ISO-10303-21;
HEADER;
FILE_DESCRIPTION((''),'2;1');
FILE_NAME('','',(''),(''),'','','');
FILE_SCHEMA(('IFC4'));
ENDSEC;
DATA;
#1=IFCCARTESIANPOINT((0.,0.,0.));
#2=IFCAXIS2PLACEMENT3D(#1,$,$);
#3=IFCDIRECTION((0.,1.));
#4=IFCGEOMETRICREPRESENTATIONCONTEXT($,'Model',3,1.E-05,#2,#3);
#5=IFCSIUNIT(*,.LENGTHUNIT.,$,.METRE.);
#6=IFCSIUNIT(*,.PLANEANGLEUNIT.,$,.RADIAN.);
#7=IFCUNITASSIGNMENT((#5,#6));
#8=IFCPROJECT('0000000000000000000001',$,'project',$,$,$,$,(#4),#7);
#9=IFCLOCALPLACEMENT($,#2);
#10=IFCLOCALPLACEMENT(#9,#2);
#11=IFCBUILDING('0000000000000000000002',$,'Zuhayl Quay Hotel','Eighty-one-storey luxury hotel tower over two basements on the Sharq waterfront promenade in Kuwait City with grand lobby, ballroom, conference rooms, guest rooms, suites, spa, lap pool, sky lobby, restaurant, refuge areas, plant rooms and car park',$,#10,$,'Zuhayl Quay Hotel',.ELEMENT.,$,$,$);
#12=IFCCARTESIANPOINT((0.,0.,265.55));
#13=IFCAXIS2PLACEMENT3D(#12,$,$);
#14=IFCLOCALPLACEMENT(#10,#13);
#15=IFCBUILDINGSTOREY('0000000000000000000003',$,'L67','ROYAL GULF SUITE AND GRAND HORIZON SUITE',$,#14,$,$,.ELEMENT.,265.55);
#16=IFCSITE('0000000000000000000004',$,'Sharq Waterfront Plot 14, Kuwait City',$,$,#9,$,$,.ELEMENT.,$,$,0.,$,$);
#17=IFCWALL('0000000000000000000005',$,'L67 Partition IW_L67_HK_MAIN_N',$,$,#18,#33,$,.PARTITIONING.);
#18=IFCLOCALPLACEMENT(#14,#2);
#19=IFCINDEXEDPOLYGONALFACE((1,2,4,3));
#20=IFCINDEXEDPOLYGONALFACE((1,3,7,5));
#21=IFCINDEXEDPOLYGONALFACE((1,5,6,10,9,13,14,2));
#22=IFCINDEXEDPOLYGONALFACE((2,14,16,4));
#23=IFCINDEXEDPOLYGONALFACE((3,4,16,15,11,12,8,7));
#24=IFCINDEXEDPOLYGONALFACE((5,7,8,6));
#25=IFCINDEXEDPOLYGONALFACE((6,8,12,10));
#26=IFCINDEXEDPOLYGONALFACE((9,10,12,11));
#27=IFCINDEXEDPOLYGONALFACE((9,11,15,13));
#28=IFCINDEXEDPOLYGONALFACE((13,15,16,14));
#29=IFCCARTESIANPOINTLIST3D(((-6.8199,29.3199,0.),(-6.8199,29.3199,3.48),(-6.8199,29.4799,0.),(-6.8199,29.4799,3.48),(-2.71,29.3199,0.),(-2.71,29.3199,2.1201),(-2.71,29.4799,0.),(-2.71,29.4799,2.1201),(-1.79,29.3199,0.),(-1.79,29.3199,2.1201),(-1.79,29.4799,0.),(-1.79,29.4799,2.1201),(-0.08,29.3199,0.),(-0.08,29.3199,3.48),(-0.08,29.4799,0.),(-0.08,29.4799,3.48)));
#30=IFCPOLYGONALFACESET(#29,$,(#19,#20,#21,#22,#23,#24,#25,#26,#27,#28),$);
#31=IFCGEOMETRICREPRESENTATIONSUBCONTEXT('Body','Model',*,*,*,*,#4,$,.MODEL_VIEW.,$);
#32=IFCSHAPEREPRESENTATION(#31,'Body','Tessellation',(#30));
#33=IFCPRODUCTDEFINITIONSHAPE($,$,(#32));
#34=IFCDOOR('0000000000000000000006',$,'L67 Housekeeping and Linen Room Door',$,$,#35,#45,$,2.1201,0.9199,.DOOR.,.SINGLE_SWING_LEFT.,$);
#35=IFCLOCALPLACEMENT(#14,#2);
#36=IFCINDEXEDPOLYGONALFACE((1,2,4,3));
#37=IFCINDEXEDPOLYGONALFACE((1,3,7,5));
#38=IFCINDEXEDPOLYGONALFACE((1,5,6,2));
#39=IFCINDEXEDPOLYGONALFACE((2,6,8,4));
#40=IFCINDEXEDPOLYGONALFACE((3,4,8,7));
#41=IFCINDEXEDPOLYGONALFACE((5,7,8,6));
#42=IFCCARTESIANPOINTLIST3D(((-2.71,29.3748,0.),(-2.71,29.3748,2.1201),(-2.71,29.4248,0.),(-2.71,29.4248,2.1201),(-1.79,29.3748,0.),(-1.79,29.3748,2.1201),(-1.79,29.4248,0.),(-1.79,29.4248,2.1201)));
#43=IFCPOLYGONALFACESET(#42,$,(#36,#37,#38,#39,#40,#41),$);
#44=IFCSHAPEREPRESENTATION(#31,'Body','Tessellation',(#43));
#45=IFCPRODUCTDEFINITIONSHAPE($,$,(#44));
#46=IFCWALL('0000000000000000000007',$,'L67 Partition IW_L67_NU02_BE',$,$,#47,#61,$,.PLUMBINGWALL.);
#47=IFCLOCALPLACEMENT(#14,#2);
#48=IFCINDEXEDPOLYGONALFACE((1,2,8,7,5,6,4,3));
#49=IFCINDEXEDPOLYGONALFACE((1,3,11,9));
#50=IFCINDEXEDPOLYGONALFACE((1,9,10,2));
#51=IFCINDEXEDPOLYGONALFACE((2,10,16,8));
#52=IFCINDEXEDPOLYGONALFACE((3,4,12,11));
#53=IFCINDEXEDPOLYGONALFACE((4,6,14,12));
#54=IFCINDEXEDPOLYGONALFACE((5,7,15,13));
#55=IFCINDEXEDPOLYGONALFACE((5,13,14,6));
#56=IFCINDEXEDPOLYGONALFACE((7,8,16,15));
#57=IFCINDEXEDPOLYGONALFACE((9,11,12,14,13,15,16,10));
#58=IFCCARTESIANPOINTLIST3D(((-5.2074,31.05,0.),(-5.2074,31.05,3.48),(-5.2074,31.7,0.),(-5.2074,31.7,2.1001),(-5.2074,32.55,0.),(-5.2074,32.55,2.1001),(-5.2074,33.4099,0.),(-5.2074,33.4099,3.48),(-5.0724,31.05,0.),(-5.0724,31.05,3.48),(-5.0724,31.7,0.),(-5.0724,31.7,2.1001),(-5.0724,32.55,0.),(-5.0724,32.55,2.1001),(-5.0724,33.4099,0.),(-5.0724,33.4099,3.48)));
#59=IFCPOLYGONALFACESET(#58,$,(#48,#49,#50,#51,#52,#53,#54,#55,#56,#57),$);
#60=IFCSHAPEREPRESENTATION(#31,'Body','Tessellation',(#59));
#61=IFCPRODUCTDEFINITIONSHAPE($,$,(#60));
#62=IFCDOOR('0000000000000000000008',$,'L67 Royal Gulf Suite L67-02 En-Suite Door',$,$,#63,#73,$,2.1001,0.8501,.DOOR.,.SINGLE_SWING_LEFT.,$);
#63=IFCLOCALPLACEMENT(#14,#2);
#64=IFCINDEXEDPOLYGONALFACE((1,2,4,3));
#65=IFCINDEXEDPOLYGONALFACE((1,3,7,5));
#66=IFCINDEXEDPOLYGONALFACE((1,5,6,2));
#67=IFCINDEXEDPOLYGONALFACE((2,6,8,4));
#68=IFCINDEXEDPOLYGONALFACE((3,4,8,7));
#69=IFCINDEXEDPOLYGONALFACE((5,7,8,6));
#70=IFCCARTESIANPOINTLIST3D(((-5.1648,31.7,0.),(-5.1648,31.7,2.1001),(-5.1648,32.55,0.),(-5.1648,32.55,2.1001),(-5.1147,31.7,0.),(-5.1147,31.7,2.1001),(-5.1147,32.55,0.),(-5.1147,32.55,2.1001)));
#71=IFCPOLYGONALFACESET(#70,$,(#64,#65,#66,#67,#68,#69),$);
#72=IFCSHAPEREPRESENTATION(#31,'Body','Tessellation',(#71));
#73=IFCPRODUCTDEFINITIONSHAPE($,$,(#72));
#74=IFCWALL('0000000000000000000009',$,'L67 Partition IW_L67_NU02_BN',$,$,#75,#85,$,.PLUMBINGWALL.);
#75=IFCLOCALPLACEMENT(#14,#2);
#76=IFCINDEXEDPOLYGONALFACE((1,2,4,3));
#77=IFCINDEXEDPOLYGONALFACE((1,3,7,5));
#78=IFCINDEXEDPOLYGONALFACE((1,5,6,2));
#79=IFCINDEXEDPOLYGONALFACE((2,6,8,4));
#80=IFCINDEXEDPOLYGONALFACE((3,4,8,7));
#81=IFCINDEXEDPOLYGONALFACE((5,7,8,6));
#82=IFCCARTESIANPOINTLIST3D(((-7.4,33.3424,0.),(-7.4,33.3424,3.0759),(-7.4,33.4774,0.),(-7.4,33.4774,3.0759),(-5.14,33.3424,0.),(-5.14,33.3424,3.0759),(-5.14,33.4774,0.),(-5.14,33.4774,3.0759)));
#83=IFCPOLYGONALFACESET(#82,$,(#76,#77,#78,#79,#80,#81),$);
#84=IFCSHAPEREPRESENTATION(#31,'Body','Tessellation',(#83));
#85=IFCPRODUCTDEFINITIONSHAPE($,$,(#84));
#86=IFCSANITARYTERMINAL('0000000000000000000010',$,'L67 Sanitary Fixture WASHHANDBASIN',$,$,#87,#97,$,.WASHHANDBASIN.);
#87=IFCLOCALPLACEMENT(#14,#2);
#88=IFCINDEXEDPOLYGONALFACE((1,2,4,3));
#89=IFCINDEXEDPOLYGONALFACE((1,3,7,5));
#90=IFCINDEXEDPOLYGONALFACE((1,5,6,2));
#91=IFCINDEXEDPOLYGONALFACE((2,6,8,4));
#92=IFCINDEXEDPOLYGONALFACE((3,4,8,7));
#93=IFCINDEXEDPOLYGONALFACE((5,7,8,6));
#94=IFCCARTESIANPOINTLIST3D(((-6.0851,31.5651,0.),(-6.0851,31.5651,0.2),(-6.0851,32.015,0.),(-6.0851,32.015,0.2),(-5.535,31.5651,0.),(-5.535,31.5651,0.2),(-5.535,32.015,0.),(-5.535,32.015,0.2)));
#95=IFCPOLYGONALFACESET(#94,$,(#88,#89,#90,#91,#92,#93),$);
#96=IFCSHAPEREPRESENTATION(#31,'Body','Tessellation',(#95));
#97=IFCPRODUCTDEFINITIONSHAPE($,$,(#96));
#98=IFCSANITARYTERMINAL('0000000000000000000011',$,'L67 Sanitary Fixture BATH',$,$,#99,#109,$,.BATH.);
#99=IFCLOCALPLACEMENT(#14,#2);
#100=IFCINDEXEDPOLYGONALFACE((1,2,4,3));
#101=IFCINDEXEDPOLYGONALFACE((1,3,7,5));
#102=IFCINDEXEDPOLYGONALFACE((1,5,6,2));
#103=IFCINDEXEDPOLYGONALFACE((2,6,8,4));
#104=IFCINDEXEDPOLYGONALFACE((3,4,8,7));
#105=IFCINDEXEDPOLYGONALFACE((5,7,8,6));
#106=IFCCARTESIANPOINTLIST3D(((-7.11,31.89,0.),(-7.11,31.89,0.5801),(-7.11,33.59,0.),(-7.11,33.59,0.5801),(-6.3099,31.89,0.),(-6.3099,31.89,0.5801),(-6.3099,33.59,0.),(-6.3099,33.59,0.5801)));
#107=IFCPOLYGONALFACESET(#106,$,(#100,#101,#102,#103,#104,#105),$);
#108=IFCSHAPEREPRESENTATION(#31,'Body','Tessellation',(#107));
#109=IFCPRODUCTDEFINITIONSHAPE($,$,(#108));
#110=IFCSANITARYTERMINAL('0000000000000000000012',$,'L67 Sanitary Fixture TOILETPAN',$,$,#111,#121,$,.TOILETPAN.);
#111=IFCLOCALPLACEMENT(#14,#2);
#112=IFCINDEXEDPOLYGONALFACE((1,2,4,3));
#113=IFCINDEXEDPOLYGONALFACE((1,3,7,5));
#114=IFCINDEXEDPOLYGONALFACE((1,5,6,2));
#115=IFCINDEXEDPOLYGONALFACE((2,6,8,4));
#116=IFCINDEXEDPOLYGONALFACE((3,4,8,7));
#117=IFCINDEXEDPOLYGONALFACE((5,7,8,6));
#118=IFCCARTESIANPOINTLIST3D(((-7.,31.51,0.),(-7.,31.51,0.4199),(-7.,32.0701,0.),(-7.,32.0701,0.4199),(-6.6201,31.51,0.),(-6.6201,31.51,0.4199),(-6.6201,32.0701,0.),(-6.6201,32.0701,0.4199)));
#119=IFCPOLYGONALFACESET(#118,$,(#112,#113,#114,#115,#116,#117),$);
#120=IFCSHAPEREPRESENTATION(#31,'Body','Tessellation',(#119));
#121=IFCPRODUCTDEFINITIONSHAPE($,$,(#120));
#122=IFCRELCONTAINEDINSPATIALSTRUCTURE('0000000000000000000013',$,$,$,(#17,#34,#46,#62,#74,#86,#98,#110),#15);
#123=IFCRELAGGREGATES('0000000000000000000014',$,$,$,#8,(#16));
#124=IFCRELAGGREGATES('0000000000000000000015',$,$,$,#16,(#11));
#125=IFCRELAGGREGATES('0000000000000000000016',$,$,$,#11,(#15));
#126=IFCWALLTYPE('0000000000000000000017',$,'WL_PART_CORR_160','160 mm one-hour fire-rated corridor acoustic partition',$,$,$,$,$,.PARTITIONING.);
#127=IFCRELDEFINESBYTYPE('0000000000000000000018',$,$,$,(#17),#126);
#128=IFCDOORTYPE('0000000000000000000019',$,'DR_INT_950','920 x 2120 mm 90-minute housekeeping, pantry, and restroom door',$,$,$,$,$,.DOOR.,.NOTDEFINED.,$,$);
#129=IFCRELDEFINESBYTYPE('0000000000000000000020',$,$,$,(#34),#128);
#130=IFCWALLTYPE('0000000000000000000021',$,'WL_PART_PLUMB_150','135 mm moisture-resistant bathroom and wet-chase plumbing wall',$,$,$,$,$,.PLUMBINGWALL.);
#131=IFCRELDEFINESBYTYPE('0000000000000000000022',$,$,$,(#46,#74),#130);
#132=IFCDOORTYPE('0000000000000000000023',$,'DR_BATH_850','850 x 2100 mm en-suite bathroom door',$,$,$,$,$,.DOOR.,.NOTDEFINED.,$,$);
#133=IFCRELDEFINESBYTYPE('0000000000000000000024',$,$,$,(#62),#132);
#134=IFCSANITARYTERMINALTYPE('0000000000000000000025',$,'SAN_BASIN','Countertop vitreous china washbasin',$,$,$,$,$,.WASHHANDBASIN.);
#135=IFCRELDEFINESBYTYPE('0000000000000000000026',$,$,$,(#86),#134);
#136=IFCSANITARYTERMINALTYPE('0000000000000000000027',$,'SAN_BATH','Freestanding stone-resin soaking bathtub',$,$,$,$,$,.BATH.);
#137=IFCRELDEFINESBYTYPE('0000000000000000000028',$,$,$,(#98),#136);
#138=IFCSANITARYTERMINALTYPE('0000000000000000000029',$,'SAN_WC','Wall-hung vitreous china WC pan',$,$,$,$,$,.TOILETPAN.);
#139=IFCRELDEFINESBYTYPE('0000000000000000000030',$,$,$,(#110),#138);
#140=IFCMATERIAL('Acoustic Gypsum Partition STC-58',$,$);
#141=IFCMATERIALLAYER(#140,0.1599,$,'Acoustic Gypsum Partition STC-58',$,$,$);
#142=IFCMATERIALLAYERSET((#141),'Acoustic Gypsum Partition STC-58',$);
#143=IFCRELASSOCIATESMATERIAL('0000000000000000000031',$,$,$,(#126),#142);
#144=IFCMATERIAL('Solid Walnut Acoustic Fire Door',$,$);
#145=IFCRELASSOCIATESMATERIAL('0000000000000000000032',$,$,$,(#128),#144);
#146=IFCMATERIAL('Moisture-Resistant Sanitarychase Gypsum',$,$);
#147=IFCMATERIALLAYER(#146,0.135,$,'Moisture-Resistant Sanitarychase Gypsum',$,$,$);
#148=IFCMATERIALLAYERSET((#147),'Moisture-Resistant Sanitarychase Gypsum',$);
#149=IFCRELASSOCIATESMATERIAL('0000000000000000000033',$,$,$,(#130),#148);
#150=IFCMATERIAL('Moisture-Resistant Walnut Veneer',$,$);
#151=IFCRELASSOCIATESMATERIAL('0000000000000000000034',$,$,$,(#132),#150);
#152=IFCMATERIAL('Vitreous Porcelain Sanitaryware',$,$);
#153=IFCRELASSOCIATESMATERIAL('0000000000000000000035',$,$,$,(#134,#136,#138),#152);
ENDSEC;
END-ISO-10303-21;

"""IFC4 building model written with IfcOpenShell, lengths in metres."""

from ifc_helpers import new_model, si_unit, direction, frame, frame_2d, origin, origin_2d, place, context, subcontext, project, spatial, rectangle, extrude, material, layer, layer_set, type_object, element, fill, save


model = new_model("IFC4")

# Units and contexts
model_context = context("Model", 3, precision=1e-05, world=origin(), true_north=direction((0.0, 1.0)))
body_context = subcontext(model_context, "Body", "Model", "MODEL_VIEW")
ifc_project = project(units=[si_unit("LENGTHUNIT", "METRE"), si_unit("PLANEANGLEUNIT", "RADIAN")], contexts=[model_context])

# Site, building, storey
site_placement = place(None, origin())
site = spatial("IfcSite", under=ifc_project, at=site_placement, Name="Sharq Waterfront Plot 14, Kuwait City", CompositionType="ELEMENT", RefElevation=0.0)
building_placement = place(site_placement, origin())
building = spatial("IfcBuilding", under=site, at=building_placement, Name="Zuhayl Quay Hotel", Description="Eighty-one-storey luxury hotel tower over two basements on the Sharq waterfront promenade in Kuwait City with grand lobby, ballroom, conference rooms, guest rooms, suites, spa, lap pool, sky lobby, restaurant, refuge areas, plant rooms and car park", LongName="Zuhayl Quay Hotel", CompositionType="ELEMENT")
storey_placement = place(building_placement, frame((0.0, 0.0, 265.55)))
storey = spatial("IfcBuildingStorey", under=building, at=storey_placement, Name="L67", Description="ROYAL GULF SUITE AND GRAND HORIZON SUITE", CompositionType="ELEMENT", Elevation=265.55)

# Shared definitions
ifc_material_1 = material(Name="Acoustic Gypsum Partition STC-58")

# Walls, openings, doors
ifc_layer_1 = layer(ifc_material_1, 0.1599, Name="Acoustic Gypsum Partition STC-58")
ifc_layer_set_1 = layer_set([ifc_layer_1], Name="Acoustic Gypsum Partition STC-58")
wall_type_1 = type_object("IfcWallType", Name="WL_PART_CORR_160", Description="160 mm one-hour fire-rated corridor acoustic partition", PredefinedType="PARTITIONING", material=ifc_layer_set_1)
ifc_material_2 = material(Name="Solid Walnut Acoustic Fire Door")
wall_1_placement = place(storey_placement, frame((-6.8201, 29.3999, 0.0), z_axis=(0.0, 0.0, 1.0), x_axis=(1.0, 0.0, 0.0)))
wall_1 = element("IfcWall", 1, at=wall_1_placement, inside=storey, type_object=wall_type_1, Name="L67 Partition IW_L67_HK_MAIN_N", PredefinedType="PARTITIONING", context=body_context, shape_type="SweptSolid", body=[
    extrude(rectangle(XDim=6.74, YDim=0.1599, at=frame_2d((3.3701, 0.0))), origin(), (0.0, 0.0, 1.0), 3.48),
])
opening_1_placement = place(wall_1_placement, frame((4.1101, 0.0, 0.0)))
opening_1 = element("IfcOpeningElement", 2, at=opening_1_placement, cuts=wall_1, PredefinedType="OPENING", context=body_context, shape_type="SweptSolid", body=[
    extrude(rectangle(XDim=0.9199, YDim=2.1201, at=frame_2d((0.46, 1.0601))), frame((0.0, 0.0898, 0.0), z_axis=(0.0, -1.0, 0.0), x_axis=(1.0, 0.0, 0.0)), (0.0, 0.0, 1.0), 0.1799),
])
door_type_1 = type_object("IfcDoorType", Name="DR_INT_950", Description="920 x 2120 mm 90-minute housekeeping, pantry, and restroom door", OperationType="NOTDEFINED", PredefinedType="DOOR", material=ifc_material_2)
door_1_placement = place(opening_1_placement, origin())
door_1 = element("IfcDoor", 3, at=door_1_placement, inside=storey, type_object=door_type_1, Name="L67 Housekeeping and Linen Room Door", OperationType="SINGLE_SWING_LEFT", OverallHeight=2.1201, OverallWidth=0.9199, PredefinedType="DOOR", context=body_context, shape_type="SweptSolid", body=[
    extrude(rectangle(XDim=0.9199, YDim=2.1201, at=frame_2d((0.46, 1.0601))), frame((0.0, 0.0249, 0.0), z_axis=(0.0, -1.0, 0.0), x_axis=(1.0, 0.0, 0.0)), (0.0, 0.0, 1.0), 0.05),
])
fill(opening_1, door_1)
ifc_material_3 = material(Name="Moisture-Resistant Sanitarychase Gypsum")
ifc_layer_2 = layer(ifc_material_3, 0.135, Name="Moisture-Resistant Sanitarychase Gypsum")
ifc_layer_set_2 = layer_set([ifc_layer_2], Name="Moisture-Resistant Sanitarychase Gypsum")
wall_type_2 = type_object("IfcWallType", Name="WL_PART_PLUMB_150", Description="135 mm moisture-resistant bathroom and wet-chase plumbing wall", PredefinedType="PLUMBINGWALL", material=ifc_layer_set_2)
wall_2_placement = place(storey_placement, frame((-5.1399, 31.05, 0.0), z_axis=(0.0, 0.0, 1.0), x_axis=(0.0, 1.0, 0.0)))
wall_2 = element("IfcWall", 4, at=wall_2_placement, inside=storey, type_object=wall_type_2, Name="L67 Partition IW_L67_NU02_BE", PredefinedType="PLUMBINGWALL", context=body_context, shape_type="SweptSolid", body=[
    extrude(rectangle(XDim=2.3599, YDim=0.135, at=frame_2d((1.1799, 0.0))), origin(), (0.0, 0.0, 1.0), 3.48),
])
opening_2_placement = place(wall_2_placement, frame((0.6499, 0.0, 0.0)))
opening_2 = element("IfcOpeningElement", 5, at=opening_2_placement, cuts=wall_2, PredefinedType="OPENING", context=body_context, shape_type="SweptSolid", body=[
    extrude(rectangle(XDim=0.8501, YDim=2.1001, at=frame_2d((0.425, 1.05))), frame((0.0, 0.0774, 0.0), z_axis=(0.0, -1.0, 0.0), x_axis=(1.0, 0.0, 0.0)), (0.0, 0.0, 1.0), 0.155),
])
ifc_material_4 = material(Name="Moisture-Resistant Walnut Veneer")
door_type_2 = type_object("IfcDoorType", Name="DR_BATH_850", Description="850 x 2100 mm en-suite bathroom door", OperationType="NOTDEFINED", PredefinedType="DOOR", material=ifc_material_4)
door_2_placement = place(opening_2_placement, origin())
door_2 = element("IfcDoor", 6, at=door_2_placement, inside=storey, type_object=door_type_2, Name="L67 Royal Gulf Suite L67-02 En-Suite Door", OperationType="SINGLE_SWING_LEFT", OverallHeight=2.1001, OverallWidth=0.8501, PredefinedType="DOOR", context=body_context, shape_type="SweptSolid", body=[
    extrude(rectangle(XDim=0.8501, YDim=2.1001, at=frame_2d((0.425, 1.05))), frame((0.0, 0.0249, 0.0), z_axis=(0.0, -1.0, 0.0), x_axis=(1.0, 0.0, 0.0)), (0.0, 0.0, 1.0), 0.05),
])
fill(opening_2, door_2)

# Wall
wall_3_placement = place(storey_placement, frame((-7.3999, 33.4099, 0.0), z_axis=(0.0, 0.0, 1.0), x_axis=(1.0, 0.0, 0.0)))
element("IfcWall", 7, at=wall_3_placement, inside=storey, type_object=wall_type_2, Name="L67 Partition IW_L67_NU02_BN", PredefinedType="PLUMBINGWALL", context=body_context, shape_type="SweptSolid", body=[
    extrude(rectangle(XDim=2.26, YDim=0.135, at=frame_2d((1.1299, 0.0))), origin(), (0.0, 0.0, 1.0), 3.0759),
])

# Sanitary terminals
ifc_material_5 = material(Name="Vitreous Porcelain Sanitaryware")
sanitary_terminal_type_1 = type_object("IfcSanitaryTerminalType", Name="SAN_BASIN", Description="Countertop vitreous china washbasin", PredefinedType="WASHHANDBASIN", material=ifc_material_5)
sanitary_terminal_1_placement = place(storey_placement, frame((-5.8101, 31.79, 0.0), z_axis=(0.0, 0.0, 1.0), x_axis=(1.0, 0.0, 0.0)))
element("IfcSanitaryTerminal", 8, at=sanitary_terminal_1_placement, inside=storey, type_object=sanitary_terminal_type_1, Name="L67 Sanitary Fixture WASHHANDBASIN", PredefinedType="WASHHANDBASIN", context=body_context, shape_type="SweptSolid", body=[
    extrude(rectangle(XDim=0.55, YDim=0.45, at=origin_2d()), origin(), (0.0, 0.0, 1.0), 0.2),
])
sanitary_terminal_type_2 = type_object("IfcSanitaryTerminalType", Name="SAN_BATH", Description="Freestanding stone-resin soaking bathtub", PredefinedType="BATH", material=ifc_material_5)
sanitary_terminal_2_placement = place(storey_placement, frame((-6.71, 32.74, 0.0), z_axis=(0.0, 0.0, 1.0), x_axis=(1.0, 0.0, 0.0)))
element("IfcSanitaryTerminal", 9, at=sanitary_terminal_2_placement, inside=storey, type_object=sanitary_terminal_type_2, Name="L67 Sanitary Fixture BATH", PredefinedType="BATH", context=body_context, shape_type="SweptSolid", body=[
    extrude(rectangle(XDim=0.8, YDim=1.7, at=origin_2d()), origin(), (0.0, 0.0, 1.0), 0.5801),
])
sanitary_terminal_type_3 = type_object("IfcSanitaryTerminalType", Name="SAN_WC", Description="Wall-hung vitreous china WC pan", PredefinedType="TOILETPAN", material=ifc_material_5)
sanitary_terminal_3_placement = place(storey_placement, frame((-6.8101, 31.79, 0.0), z_axis=(0.0, 0.0, 1.0), x_axis=(1.0, 0.0, 0.0)))
element("IfcSanitaryTerminal", 10, at=sanitary_terminal_3_placement, inside=storey, type_object=sanitary_terminal_type_3, Name="L67 Sanitary Fixture TOILETPAN", PredefinedType="TOILETPAN", context=body_context, shape_type="SweptSolid", body=[
    extrude(rectangle(XDim=0.3799, YDim=0.5601, at=origin_2d()), origin(), (0.0, 0.0, 1.0), 0.4199),
])

save(model, "model.ifc")
